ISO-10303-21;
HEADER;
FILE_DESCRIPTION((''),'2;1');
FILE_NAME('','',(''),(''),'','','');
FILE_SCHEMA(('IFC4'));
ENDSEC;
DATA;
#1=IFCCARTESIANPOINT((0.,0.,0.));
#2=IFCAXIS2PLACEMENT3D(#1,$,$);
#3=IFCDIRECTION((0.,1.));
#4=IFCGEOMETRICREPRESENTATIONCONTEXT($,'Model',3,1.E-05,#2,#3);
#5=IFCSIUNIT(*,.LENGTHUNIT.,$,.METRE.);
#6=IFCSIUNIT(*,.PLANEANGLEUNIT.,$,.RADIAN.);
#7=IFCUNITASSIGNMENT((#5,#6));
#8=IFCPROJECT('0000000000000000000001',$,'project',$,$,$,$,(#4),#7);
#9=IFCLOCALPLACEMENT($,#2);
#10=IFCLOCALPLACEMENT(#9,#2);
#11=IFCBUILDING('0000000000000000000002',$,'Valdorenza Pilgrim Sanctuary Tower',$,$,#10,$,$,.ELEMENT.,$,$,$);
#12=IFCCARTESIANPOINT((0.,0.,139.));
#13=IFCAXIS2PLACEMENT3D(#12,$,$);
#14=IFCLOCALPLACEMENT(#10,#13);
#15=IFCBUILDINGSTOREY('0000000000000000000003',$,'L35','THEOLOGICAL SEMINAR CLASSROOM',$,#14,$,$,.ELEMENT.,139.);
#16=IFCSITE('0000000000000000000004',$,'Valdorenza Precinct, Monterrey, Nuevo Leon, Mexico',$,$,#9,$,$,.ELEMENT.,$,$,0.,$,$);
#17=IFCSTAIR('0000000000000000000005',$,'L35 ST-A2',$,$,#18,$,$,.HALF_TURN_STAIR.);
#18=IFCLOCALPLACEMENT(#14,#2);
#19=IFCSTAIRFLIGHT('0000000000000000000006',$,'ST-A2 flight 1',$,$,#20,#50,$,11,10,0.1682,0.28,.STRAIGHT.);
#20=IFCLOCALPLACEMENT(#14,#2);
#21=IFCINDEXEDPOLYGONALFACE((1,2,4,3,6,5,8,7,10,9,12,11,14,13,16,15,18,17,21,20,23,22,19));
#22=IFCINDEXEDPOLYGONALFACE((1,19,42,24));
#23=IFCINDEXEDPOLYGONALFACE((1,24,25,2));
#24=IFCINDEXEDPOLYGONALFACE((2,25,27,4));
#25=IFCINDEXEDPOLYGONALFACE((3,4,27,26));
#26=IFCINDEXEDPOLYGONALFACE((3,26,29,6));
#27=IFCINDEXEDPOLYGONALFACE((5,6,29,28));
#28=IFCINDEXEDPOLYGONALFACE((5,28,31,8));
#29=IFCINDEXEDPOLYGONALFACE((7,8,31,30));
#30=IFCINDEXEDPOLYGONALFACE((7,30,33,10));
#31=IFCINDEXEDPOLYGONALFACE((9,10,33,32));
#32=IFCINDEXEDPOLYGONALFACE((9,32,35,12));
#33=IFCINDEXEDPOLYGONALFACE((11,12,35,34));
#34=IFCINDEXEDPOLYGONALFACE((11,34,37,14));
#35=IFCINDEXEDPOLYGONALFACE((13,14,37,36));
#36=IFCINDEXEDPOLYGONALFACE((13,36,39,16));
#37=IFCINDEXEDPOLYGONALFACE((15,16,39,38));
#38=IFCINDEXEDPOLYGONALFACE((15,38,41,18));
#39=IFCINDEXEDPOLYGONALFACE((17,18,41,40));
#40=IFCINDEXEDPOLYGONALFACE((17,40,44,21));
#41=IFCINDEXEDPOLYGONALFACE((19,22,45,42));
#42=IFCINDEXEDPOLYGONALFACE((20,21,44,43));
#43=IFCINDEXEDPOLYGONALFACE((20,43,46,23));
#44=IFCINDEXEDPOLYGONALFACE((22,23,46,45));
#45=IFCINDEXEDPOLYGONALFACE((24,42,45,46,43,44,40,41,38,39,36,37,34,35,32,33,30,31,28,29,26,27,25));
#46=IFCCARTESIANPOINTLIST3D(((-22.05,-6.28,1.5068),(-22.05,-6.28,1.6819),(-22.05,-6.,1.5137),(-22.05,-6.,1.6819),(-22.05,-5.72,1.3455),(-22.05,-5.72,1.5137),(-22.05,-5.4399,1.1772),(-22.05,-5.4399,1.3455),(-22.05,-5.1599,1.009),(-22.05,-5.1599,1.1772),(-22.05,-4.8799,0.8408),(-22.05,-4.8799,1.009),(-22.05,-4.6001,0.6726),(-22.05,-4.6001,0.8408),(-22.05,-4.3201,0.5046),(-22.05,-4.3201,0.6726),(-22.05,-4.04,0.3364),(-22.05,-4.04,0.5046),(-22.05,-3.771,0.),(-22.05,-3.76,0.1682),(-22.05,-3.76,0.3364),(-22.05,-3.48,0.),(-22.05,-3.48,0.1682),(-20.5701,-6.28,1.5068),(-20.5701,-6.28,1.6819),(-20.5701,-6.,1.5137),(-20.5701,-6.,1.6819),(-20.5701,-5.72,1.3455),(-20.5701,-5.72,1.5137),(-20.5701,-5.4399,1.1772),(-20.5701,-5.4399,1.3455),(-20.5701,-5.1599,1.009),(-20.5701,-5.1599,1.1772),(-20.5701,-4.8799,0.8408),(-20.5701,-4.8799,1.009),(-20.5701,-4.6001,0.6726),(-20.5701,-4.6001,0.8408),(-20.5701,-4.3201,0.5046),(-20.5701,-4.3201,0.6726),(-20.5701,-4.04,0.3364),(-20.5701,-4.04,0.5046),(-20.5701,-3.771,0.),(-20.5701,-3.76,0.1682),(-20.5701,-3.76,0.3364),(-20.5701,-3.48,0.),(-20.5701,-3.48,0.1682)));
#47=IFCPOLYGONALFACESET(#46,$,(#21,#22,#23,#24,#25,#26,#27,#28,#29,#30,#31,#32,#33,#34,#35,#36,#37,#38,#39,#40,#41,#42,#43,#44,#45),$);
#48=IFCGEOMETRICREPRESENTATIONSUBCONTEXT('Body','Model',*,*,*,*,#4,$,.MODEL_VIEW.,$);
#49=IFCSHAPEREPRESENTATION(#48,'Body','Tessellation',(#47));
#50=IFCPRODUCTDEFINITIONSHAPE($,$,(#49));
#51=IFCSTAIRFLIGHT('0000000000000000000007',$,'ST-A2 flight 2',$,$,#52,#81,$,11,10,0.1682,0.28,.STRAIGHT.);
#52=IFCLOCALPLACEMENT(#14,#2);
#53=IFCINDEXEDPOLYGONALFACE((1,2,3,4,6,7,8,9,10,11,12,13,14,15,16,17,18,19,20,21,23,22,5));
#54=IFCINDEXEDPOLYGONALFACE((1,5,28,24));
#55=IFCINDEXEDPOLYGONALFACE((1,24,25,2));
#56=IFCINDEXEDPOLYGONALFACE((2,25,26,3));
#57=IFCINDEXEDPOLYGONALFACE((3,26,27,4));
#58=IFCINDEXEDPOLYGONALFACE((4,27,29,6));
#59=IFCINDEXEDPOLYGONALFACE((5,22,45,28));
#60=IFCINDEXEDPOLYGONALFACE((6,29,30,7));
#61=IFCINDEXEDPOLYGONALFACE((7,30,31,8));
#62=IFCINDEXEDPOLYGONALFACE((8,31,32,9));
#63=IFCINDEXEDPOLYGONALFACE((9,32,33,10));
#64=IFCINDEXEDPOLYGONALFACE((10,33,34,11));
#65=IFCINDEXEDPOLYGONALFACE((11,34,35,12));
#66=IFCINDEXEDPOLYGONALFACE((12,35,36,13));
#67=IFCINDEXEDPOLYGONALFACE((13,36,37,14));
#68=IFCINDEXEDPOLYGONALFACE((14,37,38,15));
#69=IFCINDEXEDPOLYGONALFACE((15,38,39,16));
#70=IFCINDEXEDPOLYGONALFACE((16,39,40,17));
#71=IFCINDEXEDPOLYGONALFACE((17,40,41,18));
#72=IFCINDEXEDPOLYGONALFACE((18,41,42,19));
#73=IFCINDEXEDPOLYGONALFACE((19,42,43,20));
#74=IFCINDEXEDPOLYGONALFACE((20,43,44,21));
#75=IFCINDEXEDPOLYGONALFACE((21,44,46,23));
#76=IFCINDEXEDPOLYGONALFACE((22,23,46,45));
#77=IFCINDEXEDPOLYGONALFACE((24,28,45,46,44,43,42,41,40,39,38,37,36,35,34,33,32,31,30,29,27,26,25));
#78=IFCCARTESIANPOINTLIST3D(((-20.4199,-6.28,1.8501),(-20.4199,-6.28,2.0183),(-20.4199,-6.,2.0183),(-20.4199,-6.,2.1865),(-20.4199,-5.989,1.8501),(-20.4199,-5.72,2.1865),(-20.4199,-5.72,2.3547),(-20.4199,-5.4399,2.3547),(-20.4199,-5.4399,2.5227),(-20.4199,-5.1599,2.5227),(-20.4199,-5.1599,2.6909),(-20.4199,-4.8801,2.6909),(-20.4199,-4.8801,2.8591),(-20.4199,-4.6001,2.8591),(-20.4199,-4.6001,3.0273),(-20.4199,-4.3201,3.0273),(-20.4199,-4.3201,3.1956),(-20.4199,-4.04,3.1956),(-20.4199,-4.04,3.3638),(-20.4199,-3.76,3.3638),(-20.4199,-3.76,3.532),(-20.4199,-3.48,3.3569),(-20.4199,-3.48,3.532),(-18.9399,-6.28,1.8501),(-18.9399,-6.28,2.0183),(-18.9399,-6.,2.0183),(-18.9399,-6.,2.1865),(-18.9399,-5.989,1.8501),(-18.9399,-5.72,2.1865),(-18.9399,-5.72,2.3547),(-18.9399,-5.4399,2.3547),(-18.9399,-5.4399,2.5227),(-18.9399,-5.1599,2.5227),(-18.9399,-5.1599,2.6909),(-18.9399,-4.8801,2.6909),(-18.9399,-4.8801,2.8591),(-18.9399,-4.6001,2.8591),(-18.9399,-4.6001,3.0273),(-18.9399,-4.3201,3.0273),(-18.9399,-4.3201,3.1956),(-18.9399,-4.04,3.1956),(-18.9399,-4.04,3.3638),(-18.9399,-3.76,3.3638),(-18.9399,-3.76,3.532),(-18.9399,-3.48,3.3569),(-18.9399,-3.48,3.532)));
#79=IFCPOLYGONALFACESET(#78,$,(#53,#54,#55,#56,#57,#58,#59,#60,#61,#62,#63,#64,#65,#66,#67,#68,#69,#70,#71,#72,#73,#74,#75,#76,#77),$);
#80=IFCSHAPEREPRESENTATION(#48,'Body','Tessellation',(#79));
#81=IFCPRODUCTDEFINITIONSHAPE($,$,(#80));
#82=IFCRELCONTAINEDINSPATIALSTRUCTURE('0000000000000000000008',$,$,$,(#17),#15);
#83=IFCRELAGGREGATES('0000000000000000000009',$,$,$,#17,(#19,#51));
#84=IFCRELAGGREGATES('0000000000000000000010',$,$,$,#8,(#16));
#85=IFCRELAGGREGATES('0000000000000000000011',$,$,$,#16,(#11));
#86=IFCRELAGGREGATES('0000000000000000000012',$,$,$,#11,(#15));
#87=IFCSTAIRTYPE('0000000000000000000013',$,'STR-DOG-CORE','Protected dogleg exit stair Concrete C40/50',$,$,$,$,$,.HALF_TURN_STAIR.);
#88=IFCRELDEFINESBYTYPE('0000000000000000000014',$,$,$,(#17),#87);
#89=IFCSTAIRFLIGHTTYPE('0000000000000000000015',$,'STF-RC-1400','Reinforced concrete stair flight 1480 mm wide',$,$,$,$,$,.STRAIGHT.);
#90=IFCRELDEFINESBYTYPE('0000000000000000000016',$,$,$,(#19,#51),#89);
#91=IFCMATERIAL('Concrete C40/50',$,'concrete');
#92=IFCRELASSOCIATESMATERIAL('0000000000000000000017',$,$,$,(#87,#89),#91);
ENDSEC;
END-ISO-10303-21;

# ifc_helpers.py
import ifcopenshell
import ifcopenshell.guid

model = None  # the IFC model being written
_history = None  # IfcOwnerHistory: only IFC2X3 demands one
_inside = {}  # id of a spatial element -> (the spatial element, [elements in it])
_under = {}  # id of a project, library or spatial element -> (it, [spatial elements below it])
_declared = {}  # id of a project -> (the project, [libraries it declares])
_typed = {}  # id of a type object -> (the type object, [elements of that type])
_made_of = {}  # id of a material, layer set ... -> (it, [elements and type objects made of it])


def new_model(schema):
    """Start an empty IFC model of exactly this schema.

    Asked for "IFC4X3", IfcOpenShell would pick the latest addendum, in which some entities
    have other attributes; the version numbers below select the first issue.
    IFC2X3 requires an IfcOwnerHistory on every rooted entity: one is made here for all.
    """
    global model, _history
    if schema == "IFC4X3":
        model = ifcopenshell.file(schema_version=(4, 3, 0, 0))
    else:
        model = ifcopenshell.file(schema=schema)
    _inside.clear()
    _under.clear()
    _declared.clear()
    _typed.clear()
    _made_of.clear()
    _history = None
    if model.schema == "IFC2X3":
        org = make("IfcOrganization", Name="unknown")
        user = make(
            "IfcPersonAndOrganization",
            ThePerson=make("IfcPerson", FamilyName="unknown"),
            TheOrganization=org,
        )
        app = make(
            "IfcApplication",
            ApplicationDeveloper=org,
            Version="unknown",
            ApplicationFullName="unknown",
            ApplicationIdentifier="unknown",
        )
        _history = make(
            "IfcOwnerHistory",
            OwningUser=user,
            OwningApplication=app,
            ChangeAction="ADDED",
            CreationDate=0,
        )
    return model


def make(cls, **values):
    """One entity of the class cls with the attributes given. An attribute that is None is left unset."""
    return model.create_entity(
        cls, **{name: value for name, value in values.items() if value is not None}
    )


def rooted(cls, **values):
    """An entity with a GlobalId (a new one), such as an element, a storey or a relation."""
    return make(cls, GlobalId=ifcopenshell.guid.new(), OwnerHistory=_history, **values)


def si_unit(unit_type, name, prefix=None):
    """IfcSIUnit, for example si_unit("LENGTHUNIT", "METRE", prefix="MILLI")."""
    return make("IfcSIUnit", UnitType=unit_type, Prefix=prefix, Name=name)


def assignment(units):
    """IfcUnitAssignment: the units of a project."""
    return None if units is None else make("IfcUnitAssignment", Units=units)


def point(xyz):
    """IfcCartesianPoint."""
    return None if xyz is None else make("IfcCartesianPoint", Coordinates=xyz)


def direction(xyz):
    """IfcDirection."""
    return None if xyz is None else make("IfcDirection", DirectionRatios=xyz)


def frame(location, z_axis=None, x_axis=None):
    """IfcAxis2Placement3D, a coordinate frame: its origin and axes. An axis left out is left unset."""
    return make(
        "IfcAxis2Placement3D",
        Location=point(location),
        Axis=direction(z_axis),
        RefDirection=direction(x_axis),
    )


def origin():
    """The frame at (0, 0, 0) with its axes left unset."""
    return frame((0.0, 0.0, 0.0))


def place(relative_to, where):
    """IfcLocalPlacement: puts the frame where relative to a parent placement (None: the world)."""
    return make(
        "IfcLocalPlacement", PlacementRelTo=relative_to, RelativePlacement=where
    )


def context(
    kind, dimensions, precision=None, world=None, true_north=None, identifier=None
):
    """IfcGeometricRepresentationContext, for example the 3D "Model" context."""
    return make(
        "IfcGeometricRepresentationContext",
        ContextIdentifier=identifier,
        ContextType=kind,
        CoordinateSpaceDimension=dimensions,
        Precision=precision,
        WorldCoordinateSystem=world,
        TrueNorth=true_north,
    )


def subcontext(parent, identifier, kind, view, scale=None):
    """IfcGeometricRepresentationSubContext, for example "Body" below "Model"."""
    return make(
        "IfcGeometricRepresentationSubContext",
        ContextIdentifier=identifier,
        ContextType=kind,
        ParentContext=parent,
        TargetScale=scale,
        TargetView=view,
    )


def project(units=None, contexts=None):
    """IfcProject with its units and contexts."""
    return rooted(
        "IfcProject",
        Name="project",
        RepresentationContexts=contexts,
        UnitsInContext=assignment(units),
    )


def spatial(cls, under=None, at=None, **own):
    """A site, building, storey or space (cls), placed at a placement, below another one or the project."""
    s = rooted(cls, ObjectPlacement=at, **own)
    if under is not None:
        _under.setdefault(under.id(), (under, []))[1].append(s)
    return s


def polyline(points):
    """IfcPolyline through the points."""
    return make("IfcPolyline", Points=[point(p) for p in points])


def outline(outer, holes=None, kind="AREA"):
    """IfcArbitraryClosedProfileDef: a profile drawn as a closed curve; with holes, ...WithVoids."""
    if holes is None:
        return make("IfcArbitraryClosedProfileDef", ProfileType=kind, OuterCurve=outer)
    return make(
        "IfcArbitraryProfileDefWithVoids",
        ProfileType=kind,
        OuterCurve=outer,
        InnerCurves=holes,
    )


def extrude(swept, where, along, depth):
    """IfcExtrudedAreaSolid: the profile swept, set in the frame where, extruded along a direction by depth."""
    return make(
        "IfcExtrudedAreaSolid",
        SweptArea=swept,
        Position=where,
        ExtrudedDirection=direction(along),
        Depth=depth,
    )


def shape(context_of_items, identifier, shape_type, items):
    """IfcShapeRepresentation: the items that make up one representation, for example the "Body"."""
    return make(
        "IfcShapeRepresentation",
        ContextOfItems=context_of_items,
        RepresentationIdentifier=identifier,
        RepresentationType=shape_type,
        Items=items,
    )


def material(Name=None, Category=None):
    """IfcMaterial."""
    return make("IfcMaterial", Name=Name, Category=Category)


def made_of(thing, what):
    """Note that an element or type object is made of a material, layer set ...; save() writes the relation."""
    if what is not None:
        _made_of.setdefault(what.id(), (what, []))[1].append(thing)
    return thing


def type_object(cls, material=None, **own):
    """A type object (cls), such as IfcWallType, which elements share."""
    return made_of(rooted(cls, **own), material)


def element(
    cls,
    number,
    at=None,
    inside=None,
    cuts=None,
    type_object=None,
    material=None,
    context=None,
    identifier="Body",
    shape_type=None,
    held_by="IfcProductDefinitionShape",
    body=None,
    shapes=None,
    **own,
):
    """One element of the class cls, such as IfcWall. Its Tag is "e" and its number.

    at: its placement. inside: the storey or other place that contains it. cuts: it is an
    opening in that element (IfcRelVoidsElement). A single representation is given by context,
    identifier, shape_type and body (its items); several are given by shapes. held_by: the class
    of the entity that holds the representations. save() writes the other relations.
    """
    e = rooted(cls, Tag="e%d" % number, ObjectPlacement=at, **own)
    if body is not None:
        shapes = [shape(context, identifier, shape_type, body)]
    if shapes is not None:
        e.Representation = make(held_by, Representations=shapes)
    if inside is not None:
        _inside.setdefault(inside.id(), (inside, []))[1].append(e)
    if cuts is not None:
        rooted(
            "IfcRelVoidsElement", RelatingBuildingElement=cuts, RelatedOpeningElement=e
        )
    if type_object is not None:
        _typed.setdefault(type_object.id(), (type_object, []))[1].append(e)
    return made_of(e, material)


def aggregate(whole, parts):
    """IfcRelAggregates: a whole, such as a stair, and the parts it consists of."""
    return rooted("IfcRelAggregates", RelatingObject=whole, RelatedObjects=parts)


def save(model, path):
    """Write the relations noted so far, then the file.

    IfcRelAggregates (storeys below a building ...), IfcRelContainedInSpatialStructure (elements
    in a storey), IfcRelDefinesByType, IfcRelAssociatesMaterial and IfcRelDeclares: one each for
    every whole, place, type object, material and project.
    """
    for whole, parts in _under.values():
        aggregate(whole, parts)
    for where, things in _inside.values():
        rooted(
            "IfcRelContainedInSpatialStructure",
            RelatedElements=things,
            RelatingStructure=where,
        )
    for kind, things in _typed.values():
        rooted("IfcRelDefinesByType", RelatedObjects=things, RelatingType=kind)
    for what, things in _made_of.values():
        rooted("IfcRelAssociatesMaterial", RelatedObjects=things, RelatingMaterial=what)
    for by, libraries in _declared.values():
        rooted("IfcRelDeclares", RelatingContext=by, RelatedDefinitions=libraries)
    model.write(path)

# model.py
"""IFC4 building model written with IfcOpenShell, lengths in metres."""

from ifc_helpers import new_model, si_unit, direction, frame, origin, place, context, subcontext, project, spatial, polyline, outline, extrude, material, type_object, element, aggregate, save


model = new_model("IFC4")

# Units and contexts
model_context = context("Model", 3, precision=1e-05, world=origin(), true_north=direction((0.0, 1.0)))
body_context = subcontext(model_context, "Body", "Model", "MODEL_VIEW")
ifc_project = project(units=[si_unit("LENGTHUNIT", "METRE"), si_unit("PLANEANGLEUNIT", "RADIAN")], contexts=[model_context])

# Site, building, storey
site_placement = place(None, origin())
site = spatial("IfcSite", under=ifc_project, at=site_placement, Name="Valdorenza Precinct, Monterrey, Nuevo Leon, Mexico", CompositionType="ELEMENT", RefElevation=0.0)
building_placement = place(site_placement, origin())
building = spatial("IfcBuilding", under=site, at=building_placement, Name="Valdorenza Pilgrim Sanctuary Tower", CompositionType="ELEMENT")
storey_placement = place(building_placement, frame((0.0, 0.0, 139.0)))
storey = spatial("IfcBuildingStorey", under=building, at=storey_placement, Name="L35", Description="THEOLOGICAL SEMINAR CLASSROOM", CompositionType="ELEMENT", Elevation=139.0)

# Shared definitions
ifc_material_1 = material(Name="Concrete C40/50", Category="concrete")

# Stair, stair flights
stair_type = type_object("IfcStairType", Name="STR-DOG-CORE", Description="Protected dogleg exit stair Concrete C40/50", PredefinedType="HALF_TURN_STAIR", material=ifc_material_1)
stair_placement = place(storey_placement, origin())
stair = element("IfcStair", 1, at=stair_placement, inside=storey, type_object=stair_type, Name="L35 ST-A2", PredefinedType="HALF_TURN_STAIR")
stair_flight_type = type_object("IfcStairFlightType", Name="STF-RC-1400", Description="Reinforced concrete stair flight 1480 mm wide", PredefinedType="STRAIGHT", material=ifc_material_1)
stair_flight_1_placement = place(storey_placement, frame((-21.3101, -3.48, 0.0), z_axis=(0.0, 0.0, 1.0), x_axis=(0.0, -1.0, 0.0)))
stair_flight_1 = element("IfcStairFlight", 2, at=stair_flight_1_placement, type_object=stair_flight_type, Name="ST-A2 flight 1", NumberOfRisers=11, NumberOfTreads=10, PredefinedType="STRAIGHT", RiserHeight=0.1682, TreadLength=0.28, context=body_context, shape_type="SweptSolid", body=[
    extrude(outline(polyline([(0.0, 0.0), (0.0, 0.1682), (0.28, 0.1682), (0.28, 0.3364), (0.5601, 0.3364), (0.5601, 0.5046), (0.8401, 0.5046), (0.8401, 0.6726), (1.1201, 0.6726), (1.1201, 0.8408), (1.3999, 0.8408), (1.3999, 1.009), (1.6799, 1.009), (1.6799, 1.1772), (1.96, 1.1772), (1.96, 1.3455), (2.24, 1.3455), (2.24, 1.5137), (2.52, 1.5137), (2.52, 1.6819), (2.8, 1.6819), (2.8, 1.8501), (2.8, 1.5068), (0.291, 0.0), (0.0, 0.0)])), frame((0.0, 0.74, 0.0), z_axis=(0.0, -1.0, 0.0), x_axis=(1.0, 0.0, 0.0)), (0.0, 0.0, 1.0), 1.48),
])
stair_flight_2_placement = place(storey_placement, frame((-19.6799, -6.28, 1.8501), z_axis=(0.0, 0.0, 1.0), x_axis=(0.0, 1.0, 0.0)))
stair_flight_2 = element("IfcStairFlight", 3, at=stair_flight_2_placement, type_object=stair_flight_type, Name="ST-A2 flight 2", NumberOfRisers=11, NumberOfTreads=10, PredefinedType="STRAIGHT", RiserHeight=0.1682, TreadLength=0.28, context=body_context, shape_type="SweptSolid", body=[
    extrude(outline(polyline([(0.0, 0.0), (0.0, 0.1682), (0.28, 0.1682), (0.28, 0.3364), (0.5601, 0.3364), (0.5601, 0.5046), (0.8401, 0.5046), (0.8401, 0.6726), (1.1201, 0.6726), (1.1201, 0.8408), (1.3999, 0.8408), (1.3999, 1.009), (1.6799, 1.009), (1.6799, 1.1772), (1.96, 1.1772), (1.96, 1.3455), (2.24, 1.3455), (2.24, 1.5137), (2.52, 1.5137), (2.52, 1.6819), (2.8, 1.6819), (2.8, 1.8501), (2.8, 1.5068), (0.291, 0.0), (0.0, 0.0)])), frame((0.0, 0.74, 0.0), z_axis=(0.0, -1.0, 0.0), x_axis=(1.0, 0.0, 0.0)), (0.0, 0.0, 1.0), 1.48),
])
aggregate(stair, [stair_flight_1, stair_flight_2])

save(model, "model.ifc")
